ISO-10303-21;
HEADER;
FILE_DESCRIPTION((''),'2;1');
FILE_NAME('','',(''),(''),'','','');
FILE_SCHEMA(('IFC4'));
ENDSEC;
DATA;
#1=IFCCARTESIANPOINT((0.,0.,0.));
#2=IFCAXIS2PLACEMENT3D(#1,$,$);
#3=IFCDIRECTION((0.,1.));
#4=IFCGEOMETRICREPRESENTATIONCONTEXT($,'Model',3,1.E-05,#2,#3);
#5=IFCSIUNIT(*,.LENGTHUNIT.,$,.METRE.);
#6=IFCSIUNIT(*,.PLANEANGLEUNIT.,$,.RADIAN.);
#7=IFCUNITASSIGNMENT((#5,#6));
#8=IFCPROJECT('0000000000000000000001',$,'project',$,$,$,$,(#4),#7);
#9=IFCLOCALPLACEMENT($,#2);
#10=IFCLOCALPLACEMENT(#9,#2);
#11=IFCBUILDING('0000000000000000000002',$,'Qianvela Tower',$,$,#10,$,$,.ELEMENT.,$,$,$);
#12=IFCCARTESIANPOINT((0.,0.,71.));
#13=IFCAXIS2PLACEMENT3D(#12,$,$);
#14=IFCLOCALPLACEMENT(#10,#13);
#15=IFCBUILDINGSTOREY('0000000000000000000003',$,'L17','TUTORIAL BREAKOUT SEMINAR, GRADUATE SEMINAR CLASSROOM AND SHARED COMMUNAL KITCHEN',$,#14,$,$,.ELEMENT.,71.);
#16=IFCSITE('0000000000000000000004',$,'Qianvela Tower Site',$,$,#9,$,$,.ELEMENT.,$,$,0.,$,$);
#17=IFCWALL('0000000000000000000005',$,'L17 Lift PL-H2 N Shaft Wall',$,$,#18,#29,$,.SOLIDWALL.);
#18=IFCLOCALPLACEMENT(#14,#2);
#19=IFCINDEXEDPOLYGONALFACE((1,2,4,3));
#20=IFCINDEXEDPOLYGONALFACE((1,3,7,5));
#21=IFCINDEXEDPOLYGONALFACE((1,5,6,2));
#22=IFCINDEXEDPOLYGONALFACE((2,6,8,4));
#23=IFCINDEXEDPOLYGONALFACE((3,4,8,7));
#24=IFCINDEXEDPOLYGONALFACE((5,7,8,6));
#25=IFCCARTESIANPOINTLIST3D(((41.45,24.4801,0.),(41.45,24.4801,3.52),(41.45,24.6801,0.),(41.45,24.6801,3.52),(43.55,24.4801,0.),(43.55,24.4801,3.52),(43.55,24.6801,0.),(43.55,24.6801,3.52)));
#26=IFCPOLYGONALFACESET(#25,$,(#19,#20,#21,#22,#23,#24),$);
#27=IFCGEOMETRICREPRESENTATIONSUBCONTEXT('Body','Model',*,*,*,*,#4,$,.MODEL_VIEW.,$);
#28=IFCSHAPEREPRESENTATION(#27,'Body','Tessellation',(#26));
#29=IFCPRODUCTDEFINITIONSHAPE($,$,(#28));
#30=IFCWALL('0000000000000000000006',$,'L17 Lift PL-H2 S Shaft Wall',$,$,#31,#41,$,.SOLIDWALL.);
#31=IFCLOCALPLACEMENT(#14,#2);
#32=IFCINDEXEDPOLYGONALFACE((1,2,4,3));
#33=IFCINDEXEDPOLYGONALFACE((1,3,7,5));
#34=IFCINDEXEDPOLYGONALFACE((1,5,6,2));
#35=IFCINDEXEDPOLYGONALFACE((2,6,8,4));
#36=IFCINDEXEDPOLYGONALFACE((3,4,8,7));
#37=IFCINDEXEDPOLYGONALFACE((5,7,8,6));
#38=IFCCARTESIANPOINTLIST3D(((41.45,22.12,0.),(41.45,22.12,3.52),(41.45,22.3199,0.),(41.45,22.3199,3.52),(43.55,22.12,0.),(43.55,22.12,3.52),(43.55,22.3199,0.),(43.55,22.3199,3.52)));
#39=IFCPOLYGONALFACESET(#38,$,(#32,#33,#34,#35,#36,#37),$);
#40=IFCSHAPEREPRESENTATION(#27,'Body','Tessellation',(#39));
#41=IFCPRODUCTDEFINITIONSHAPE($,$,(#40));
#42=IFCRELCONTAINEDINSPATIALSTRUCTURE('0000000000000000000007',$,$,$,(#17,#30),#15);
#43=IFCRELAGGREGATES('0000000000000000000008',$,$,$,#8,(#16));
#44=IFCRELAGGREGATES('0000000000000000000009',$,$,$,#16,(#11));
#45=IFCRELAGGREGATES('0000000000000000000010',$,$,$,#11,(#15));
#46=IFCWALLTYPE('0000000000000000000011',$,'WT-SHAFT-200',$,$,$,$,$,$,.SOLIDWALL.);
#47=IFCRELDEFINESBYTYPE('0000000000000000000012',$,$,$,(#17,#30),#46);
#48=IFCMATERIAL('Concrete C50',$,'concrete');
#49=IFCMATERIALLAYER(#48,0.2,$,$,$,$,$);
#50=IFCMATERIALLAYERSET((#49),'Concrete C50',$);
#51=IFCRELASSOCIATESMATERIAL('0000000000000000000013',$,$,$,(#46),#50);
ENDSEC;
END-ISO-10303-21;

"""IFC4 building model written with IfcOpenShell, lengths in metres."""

from ifc_helpers import new_model, si_unit, direction, frame, frame_2d, origin, place, context, subcontext, project, spatial, rectangle, extrude, material, layer, layer_set, type_object, element, save


model = new_model("IFC4")

# Units and contexts
model_context = context("Model", 3, precision=1e-05, world=origin(), true_north=direction((0.0, 1.0)))
body_context = subcontext(model_context, "Body", "Model", "MODEL_VIEW")
ifc_project = project(units=[si_unit("LENGTHUNIT", "METRE"), si_unit("PLANEANGLEUNIT", "RADIAN")], contexts=[model_context])

# Site, building, storey
site_placement = place(None, origin())
site = spatial("IfcSite", under=ifc_project, at=site_placement, Name="Qianvela Tower Site", CompositionType="ELEMENT", RefElevation=0.0)
building_placement = place(site_placement, origin())
building = spatial("IfcBuilding", under=site, at=building_placement, Name="Qianvela Tower", CompositionType="ELEMENT")
storey_placement = place(building_placement, frame((0.0, 0.0, 71.0)))
storey = spatial("IfcBuildingStorey", under=building, at=storey_placement, Name="L17", Description="TUTORIAL BREAKOUT SEMINAR, GRADUATE SEMINAR CLASSROOM AND SHARED COMMUNAL KITCHEN", CompositionType="ELEMENT", Elevation=71.0)

# Walls
ifc_material_1 = material(Name="Concrete C50", Category="concrete")
ifc_layer_1 = layer(ifc_material_1, 0.2)
ifc_layer_set_1 = layer_set([ifc_layer_1], Name="Concrete C50")
wall_type_1 = type_object("IfcWallType", Name="WT-SHAFT-200", PredefinedType="SOLIDWALL", material=ifc_layer_set_1)
for number, where, z_axis, x_axis, name in (
    (1, (41.45, 24.5801, 0.0), (0.0, 0.0, 1.0), (1.0, 0.0, 0.0), "L17 Lift PL-H2 N Shaft Wall"),
    (2, (41.45, 22.22, 0.0), (0.0, 0.0, 1.0), (1.0, 0.0, 0.0), "L17 Lift PL-H2 S Shaft Wall"),
):
    element("IfcWall", number, at=place(storey_placement, frame(where, z_axis=z_axis, x_axis=x_axis)), inside=storey, type_object=wall_type_1, Name=name, PredefinedType="SOLIDWALL", context=body_context, shape_type="SweptSolid", body=[
        extrude(rectangle(XDim=2.1001, YDim=0.2, at=frame_2d((1.05, 0.0))), origin(), (0.0, 0.0, 1.0), 3.52),
    ])

save(model, "model.ifc")
